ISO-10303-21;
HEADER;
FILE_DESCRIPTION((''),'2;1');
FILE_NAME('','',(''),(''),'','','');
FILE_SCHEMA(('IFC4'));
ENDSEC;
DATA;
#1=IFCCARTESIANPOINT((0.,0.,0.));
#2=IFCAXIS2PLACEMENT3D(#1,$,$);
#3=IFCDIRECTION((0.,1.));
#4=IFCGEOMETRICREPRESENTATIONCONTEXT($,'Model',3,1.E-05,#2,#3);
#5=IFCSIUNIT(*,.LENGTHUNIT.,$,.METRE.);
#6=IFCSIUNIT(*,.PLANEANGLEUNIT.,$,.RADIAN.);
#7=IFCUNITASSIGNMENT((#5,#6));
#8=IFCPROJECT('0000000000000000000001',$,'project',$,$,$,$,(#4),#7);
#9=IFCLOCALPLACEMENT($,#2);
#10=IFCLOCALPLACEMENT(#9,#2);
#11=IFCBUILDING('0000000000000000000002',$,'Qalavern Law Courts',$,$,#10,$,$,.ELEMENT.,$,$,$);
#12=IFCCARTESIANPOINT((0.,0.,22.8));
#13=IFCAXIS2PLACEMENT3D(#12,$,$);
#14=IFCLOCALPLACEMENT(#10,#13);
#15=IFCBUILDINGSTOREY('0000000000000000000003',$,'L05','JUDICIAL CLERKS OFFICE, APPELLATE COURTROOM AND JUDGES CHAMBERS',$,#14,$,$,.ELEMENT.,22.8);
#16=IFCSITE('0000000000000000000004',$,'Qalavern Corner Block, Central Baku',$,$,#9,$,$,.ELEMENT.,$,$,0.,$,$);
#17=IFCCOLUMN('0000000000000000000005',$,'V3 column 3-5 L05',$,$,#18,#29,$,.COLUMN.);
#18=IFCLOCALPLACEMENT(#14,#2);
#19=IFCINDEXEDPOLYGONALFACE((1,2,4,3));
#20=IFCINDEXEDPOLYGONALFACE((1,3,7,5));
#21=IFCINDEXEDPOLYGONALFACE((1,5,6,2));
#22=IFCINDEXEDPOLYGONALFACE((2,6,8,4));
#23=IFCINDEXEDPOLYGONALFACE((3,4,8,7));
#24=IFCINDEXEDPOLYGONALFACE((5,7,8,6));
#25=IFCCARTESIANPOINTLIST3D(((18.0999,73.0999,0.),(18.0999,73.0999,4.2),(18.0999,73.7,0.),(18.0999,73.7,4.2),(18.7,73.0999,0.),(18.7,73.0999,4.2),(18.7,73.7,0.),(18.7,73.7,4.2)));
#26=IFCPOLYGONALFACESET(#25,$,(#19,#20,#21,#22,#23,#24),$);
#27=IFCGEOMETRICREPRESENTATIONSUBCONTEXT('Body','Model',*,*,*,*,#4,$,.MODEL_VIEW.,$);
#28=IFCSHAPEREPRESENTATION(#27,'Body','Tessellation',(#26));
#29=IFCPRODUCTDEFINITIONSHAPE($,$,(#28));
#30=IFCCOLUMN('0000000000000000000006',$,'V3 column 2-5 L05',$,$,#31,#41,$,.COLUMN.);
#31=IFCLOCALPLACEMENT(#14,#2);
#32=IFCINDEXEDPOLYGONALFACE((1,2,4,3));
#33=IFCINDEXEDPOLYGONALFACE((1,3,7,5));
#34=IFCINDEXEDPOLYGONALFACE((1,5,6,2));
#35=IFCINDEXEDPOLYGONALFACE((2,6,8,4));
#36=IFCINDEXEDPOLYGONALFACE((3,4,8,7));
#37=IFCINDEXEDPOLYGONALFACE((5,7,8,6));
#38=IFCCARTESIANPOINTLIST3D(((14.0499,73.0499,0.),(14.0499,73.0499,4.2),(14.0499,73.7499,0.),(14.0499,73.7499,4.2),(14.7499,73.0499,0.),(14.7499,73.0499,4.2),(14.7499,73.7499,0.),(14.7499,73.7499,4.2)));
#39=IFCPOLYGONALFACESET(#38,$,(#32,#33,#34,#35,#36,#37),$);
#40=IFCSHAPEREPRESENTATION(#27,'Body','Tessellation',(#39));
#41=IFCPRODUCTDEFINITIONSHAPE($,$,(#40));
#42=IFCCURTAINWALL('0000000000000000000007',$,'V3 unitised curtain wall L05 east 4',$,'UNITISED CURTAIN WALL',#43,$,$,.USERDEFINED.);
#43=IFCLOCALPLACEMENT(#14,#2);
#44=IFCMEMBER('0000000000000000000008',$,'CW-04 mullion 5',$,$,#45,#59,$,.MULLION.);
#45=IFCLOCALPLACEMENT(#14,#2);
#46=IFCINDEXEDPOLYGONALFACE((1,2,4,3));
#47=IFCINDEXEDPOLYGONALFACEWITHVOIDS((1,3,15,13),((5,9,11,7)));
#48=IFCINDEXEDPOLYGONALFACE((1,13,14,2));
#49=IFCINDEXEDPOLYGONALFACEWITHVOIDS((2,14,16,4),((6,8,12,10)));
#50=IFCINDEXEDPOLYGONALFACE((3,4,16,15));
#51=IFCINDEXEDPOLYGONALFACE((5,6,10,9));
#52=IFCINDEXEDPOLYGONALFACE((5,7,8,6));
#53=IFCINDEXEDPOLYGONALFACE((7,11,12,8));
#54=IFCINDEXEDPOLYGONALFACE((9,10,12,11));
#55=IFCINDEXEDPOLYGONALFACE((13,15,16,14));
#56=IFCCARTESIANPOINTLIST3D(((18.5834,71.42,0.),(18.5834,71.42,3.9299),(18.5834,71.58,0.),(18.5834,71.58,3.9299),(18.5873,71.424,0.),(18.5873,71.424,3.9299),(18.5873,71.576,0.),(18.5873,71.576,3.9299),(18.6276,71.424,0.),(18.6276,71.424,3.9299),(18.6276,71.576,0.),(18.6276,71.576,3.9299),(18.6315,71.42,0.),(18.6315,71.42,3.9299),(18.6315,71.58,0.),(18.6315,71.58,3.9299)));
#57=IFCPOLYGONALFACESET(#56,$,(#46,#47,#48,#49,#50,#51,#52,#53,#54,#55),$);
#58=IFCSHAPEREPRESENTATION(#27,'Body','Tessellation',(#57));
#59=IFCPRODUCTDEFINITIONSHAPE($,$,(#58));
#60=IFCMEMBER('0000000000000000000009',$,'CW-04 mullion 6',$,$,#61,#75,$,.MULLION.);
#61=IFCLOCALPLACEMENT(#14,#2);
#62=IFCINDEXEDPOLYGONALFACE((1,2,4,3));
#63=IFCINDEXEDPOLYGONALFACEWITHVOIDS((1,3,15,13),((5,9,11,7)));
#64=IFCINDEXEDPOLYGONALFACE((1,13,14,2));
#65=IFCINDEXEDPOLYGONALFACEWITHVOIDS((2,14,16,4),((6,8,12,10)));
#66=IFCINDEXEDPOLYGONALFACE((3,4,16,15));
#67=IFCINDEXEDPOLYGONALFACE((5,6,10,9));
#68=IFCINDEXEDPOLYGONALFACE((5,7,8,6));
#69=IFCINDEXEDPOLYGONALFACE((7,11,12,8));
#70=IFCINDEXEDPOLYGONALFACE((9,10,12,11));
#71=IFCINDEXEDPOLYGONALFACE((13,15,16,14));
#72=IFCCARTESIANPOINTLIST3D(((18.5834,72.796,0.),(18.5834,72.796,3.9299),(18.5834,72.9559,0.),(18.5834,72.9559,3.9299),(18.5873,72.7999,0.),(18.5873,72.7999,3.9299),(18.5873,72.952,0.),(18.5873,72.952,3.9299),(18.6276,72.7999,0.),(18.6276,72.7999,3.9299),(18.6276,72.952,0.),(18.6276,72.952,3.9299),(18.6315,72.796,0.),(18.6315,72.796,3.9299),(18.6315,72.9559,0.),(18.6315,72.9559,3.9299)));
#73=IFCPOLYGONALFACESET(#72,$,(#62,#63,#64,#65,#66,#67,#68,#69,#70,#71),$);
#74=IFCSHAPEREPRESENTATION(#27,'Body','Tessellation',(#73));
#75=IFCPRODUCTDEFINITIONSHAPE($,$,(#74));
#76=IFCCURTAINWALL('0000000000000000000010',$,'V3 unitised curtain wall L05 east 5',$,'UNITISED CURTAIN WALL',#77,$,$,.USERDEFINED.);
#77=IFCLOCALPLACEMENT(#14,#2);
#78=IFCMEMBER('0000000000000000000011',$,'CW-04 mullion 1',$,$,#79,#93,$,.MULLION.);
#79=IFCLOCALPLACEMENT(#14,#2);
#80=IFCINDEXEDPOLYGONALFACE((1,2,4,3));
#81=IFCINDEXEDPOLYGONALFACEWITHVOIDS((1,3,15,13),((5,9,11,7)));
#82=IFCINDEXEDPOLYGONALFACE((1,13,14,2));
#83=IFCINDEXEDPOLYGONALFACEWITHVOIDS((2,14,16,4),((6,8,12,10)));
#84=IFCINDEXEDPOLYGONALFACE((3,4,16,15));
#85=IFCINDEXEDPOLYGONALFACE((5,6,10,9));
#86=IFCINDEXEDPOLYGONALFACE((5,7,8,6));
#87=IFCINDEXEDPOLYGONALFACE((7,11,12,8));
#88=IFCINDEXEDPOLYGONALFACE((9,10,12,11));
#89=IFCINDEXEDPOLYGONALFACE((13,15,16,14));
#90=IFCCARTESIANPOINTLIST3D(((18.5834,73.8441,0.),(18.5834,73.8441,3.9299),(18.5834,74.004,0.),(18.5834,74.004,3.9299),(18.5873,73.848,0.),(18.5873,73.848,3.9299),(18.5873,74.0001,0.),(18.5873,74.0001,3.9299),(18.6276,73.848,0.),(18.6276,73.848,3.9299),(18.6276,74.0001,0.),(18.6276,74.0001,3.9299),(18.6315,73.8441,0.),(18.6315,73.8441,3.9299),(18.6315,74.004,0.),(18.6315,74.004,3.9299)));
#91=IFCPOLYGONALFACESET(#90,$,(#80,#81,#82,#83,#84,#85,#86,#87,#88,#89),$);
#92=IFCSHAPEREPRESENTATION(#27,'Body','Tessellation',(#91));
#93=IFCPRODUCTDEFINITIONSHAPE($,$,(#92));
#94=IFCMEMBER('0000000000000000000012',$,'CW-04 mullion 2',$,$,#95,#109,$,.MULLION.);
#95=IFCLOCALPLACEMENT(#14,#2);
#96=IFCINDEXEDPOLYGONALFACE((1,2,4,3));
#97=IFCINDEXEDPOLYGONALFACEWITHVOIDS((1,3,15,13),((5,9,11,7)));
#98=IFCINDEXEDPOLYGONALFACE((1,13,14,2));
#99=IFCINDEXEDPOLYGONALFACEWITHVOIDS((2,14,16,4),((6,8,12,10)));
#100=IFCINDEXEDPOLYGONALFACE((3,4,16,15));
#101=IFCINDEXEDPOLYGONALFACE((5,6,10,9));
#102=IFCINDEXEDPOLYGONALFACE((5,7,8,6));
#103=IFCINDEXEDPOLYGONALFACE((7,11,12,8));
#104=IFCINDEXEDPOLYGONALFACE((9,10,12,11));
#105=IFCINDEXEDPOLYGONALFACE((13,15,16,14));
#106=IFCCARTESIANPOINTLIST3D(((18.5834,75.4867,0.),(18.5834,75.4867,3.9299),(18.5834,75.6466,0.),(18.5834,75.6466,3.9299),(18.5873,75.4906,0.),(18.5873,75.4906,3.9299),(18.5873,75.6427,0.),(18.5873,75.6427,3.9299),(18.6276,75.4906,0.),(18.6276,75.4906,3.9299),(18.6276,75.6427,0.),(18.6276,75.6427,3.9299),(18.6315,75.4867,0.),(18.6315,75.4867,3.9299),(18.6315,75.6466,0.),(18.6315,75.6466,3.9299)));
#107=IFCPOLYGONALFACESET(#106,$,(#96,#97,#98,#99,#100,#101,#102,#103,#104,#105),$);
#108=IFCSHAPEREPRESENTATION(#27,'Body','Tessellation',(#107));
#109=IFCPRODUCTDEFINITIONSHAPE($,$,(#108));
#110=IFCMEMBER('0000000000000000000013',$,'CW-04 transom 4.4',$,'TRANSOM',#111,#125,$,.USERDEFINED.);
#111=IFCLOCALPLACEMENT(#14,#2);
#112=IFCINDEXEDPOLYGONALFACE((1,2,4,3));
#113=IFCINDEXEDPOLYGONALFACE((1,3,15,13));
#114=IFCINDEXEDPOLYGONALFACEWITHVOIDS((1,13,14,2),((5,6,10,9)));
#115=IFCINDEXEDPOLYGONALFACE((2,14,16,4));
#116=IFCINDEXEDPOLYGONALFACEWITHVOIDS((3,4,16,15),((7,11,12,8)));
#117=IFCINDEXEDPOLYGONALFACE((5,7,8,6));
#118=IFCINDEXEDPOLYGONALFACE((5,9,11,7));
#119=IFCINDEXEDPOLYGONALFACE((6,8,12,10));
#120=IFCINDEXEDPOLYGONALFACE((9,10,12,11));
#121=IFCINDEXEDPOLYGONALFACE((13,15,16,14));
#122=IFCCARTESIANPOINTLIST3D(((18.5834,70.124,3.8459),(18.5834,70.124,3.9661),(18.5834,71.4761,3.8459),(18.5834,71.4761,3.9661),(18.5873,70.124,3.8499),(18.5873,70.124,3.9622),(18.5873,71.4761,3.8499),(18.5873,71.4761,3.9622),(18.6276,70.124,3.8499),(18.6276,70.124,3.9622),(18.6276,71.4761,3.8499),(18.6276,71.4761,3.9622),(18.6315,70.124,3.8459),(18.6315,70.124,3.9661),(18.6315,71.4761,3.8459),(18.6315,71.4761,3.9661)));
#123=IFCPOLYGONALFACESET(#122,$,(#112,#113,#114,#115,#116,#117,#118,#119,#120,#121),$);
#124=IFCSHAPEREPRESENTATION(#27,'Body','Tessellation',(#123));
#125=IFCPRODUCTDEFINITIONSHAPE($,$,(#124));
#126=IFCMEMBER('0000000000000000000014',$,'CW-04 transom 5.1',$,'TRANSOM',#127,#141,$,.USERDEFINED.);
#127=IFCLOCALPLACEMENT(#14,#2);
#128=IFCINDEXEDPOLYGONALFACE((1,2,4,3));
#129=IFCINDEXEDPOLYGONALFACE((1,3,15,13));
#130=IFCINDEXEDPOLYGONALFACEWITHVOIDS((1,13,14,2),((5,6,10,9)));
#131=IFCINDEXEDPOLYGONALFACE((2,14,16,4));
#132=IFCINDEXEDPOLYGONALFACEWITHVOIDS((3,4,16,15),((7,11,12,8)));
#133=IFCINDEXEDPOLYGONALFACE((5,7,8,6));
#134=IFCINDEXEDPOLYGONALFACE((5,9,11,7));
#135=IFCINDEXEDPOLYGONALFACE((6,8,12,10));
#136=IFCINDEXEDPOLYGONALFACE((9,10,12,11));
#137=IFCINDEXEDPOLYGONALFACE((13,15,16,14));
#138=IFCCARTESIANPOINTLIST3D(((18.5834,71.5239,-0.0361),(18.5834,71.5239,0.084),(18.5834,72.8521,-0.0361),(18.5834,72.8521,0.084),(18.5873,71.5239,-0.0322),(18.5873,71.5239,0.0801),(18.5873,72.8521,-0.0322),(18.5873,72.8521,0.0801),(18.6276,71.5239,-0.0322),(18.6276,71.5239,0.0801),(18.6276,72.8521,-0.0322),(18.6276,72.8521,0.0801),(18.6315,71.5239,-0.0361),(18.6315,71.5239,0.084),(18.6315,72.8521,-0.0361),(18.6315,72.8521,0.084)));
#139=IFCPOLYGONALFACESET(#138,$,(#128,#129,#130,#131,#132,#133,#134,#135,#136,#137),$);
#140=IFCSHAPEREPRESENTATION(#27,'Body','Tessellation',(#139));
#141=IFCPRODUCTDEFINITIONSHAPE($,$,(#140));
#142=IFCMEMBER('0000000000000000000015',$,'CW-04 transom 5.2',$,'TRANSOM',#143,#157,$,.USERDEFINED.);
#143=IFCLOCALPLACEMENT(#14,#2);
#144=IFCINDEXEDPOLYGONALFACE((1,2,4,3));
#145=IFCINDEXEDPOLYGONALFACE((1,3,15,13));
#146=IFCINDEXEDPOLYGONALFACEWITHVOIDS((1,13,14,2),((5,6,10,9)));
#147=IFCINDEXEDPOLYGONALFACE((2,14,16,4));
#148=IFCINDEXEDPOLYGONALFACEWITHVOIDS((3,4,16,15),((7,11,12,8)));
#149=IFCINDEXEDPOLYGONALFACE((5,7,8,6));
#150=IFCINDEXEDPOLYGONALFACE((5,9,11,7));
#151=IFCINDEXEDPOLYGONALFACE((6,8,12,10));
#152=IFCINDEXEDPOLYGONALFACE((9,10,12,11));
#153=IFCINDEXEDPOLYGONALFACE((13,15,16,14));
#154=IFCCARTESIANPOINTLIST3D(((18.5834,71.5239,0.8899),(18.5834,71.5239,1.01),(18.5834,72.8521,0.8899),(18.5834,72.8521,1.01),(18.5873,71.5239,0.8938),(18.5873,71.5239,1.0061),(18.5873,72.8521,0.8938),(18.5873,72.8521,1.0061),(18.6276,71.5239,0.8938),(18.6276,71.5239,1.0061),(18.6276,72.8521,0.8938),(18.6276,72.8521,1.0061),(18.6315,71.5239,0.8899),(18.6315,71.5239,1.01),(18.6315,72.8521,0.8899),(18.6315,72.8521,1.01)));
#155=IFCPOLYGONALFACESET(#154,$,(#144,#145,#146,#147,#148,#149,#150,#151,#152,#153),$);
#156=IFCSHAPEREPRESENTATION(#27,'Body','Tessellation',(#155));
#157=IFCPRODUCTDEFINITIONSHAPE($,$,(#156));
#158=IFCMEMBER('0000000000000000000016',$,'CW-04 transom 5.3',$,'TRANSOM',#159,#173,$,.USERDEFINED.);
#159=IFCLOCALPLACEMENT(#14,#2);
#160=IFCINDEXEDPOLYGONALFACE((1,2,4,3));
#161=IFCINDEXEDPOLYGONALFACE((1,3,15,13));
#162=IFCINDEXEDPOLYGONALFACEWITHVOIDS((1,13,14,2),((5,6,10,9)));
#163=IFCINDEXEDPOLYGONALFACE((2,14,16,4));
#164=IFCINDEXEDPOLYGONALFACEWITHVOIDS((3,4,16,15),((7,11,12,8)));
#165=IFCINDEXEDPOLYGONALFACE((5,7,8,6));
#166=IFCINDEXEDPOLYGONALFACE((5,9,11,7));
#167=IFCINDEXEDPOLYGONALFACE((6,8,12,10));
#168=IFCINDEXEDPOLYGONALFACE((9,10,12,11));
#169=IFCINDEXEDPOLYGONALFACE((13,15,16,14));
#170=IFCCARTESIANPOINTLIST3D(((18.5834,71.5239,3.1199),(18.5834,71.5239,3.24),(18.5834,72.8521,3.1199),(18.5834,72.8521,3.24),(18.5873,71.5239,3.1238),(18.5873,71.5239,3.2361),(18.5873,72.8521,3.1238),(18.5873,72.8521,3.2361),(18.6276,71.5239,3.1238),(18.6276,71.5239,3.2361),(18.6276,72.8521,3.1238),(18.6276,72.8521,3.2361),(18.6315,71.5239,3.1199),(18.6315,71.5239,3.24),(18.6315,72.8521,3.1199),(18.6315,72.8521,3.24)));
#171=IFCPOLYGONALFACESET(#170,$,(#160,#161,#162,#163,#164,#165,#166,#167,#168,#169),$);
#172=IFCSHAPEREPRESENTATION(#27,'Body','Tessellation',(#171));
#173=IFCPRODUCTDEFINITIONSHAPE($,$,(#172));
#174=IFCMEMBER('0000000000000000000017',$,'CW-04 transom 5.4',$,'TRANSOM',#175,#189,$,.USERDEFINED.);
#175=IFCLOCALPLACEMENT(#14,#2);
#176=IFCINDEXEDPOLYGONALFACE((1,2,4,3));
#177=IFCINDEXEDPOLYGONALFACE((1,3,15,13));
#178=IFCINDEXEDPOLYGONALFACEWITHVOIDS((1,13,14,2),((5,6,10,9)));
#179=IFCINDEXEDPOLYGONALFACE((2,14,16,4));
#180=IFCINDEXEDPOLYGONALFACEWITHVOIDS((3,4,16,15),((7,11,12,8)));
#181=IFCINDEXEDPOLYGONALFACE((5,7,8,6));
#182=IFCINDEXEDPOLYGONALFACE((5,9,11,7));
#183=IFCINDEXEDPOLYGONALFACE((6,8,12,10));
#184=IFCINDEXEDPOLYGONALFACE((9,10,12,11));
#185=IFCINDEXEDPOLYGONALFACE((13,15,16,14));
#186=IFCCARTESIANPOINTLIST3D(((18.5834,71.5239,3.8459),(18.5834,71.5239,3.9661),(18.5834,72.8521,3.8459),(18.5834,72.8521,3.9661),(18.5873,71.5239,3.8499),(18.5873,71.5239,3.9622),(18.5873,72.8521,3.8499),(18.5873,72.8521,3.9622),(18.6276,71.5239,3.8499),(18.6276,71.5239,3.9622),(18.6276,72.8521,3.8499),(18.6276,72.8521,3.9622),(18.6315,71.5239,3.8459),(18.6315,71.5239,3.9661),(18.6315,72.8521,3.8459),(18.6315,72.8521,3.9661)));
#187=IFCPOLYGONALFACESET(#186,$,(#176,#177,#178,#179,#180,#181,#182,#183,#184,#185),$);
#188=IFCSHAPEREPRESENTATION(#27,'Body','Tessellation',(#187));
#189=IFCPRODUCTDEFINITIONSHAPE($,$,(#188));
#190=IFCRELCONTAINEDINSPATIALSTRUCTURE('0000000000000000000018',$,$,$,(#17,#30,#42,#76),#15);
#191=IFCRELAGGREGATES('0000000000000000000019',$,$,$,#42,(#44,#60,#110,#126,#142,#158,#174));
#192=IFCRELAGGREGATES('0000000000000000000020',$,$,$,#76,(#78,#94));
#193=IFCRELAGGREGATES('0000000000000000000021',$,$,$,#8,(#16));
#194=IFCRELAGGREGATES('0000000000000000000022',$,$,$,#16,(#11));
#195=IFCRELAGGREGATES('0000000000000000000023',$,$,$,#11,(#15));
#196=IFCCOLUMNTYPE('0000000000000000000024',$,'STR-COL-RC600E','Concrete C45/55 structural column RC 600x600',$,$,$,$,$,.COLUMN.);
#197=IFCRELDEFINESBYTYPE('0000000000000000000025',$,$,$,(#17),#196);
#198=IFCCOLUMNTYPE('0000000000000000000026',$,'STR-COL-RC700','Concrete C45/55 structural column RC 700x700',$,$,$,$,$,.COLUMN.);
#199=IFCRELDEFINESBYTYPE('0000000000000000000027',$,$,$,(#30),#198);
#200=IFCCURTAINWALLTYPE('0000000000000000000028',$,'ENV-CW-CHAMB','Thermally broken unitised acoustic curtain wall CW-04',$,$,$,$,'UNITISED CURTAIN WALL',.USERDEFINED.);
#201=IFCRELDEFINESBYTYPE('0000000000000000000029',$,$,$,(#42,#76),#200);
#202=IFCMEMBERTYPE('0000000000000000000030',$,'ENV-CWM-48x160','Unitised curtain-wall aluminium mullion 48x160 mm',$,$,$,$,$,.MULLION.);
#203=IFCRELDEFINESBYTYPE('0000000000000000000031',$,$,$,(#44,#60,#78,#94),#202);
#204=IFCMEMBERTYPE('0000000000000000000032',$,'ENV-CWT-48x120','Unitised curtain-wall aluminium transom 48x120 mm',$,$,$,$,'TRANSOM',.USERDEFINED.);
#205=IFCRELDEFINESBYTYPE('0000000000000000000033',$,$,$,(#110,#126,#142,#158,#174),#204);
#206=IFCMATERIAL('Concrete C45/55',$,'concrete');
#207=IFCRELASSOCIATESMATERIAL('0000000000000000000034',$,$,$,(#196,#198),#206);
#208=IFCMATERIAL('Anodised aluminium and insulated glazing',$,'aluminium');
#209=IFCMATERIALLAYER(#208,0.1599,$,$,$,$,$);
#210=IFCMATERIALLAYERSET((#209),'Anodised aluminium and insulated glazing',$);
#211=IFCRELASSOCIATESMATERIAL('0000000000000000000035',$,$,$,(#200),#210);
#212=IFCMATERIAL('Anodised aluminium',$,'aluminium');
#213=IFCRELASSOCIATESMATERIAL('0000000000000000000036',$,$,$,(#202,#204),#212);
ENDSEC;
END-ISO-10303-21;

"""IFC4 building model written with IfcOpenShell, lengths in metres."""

from ifc_helpers import new_model, si_unit, direction, frame, origin, origin_2d, place, context, subcontext, project, spatial, rectangle, hollow_rectangle, extrude, material, layer, layer_set, material_profile, profile_set, type_object, element, aggregate, save


model = new_model("IFC4")

# Units and contexts
model_context = context("Model", 3, precision=1e-05, world=origin(), true_north=direction((0.0, 1.0)))
body_context = subcontext(model_context, "Body", "Model", "MODEL_VIEW")
ifc_project = project(units=[si_unit("LENGTHUNIT", "METRE"), si_unit("PLANEANGLEUNIT", "RADIAN")], contexts=[model_context])

# Site, building, storey
site_placement = place(None, origin())
site = spatial("IfcSite", under=ifc_project, at=site_placement, Name="Qalavern Corner Block, Central Baku", CompositionType="ELEMENT", RefElevation=0.0)
building_placement = place(site_placement, origin())
building = spatial("IfcBuilding", under=site, at=building_placement, Name="Qalavern Law Courts", CompositionType="ELEMENT")
storey_placement = place(building_placement, frame((0.0, 0.0, 22.8)))
storey = spatial("IfcBuildingStorey", under=building, at=storey_placement, Name="L05", Description="JUDICIAL CLERKS OFFICE, APPELLATE COURTROOM AND JUDGES CHAMBERS", CompositionType="ELEMENT", Elevation=22.8)

# Columns
ifc_material_1 = material(Name="Concrete C45/55", Category="concrete")
ifc_material_profile_1 = material_profile(ifc_material_1, rectangle(XDim=0.6001, YDim=0.6001, at=origin_2d()), Name="RC 600x600")
ifc_profile_set_1 = profile_set([ifc_material_profile_1], Name="Concrete C45/55")
column_type_1 = type_object("IfcColumnType", Name="STR-COL-RC600E", Description="Concrete C45/55 structural column RC 600x600", PredefinedType="COLUMN", material=ifc_profile_set_1)
column_1_placement = place(storey_placement, frame((18.3999, 73.3999, 0.0), z_axis=(0.0, 0.0, 1.0), x_axis=(1.0, 0.0, 0.0)))
element("IfcColumn", 1, at=column_1_placement, inside=storey, type_object=column_type_1, Name="V3 column 3-5 L05", PredefinedType="COLUMN", context=body_context, shape_type="SweptSolid", body=[
    extrude(rectangle(XDim=0.6001, YDim=0.6001, at=origin_2d()), origin(), (0.0, 0.0, 1.0), 4.2),
])
ifc_material_profile_2 = material_profile(ifc_material_1, rectangle(XDim=0.7, YDim=0.7, at=origin_2d()), Name="RC 700x700")
ifc_profile_set_2 = profile_set([ifc_material_profile_2], Name="Concrete C45/55")
column_type_2 = type_object("IfcColumnType", Name="STR-COL-RC700", Description="Concrete C45/55 structural column RC 700x700", PredefinedType="COLUMN", material=ifc_profile_set_2)
column_2_placement = place(storey_placement, frame((14.3999, 73.3999, 0.0), z_axis=(0.0, 0.0, 1.0), x_axis=(1.0, 0.0, 0.0)))
element("IfcColumn", 2, at=column_2_placement, inside=storey, type_object=column_type_2, Name="V3 column 2-5 L05", PredefinedType="COLUMN", context=body_context, shape_type="SweptSolid", body=[
    extrude(rectangle(XDim=0.7, YDim=0.7, at=origin_2d()), origin(), (0.0, 0.0, 1.0), 4.2),
])

# Curtain walls, members
ifc_material_2 = material(Name="Anodised aluminium and insulated glazing", Category="aluminium")
ifc_layer_1 = layer(ifc_material_2, 0.1599)
ifc_layer_set_1 = layer_set([ifc_layer_1], Name="Anodised aluminium and insulated glazing")
curtain_wall_type = type_object("IfcCurtainWallType", Name="ENV-CW-CHAMB", Description="Thermally broken unitised acoustic curtain wall CW-04", ElementType="UNITISED CURTAIN WALL", PredefinedType="USERDEFINED", material=ifc_layer_set_1)
curtain_wall_1_placement = place(storey_placement, origin())
curtain_wall_1 = element("IfcCurtainWall", 3, at=curtain_wall_1_placement, inside=storey, type_object=curtain_wall_type, Name="V3 unitised curtain wall L05 east 4", ObjectType="UNITISED CURTAIN WALL", PredefinedType="USERDEFINED")
ifc_material_3 = material(Name="Anodised aluminium", Category="aluminium")
ifc_material_profile_3 = material_profile(ifc_material_3, hollow_rectangle(XDim=0.0481, YDim=0.1599, WallThickness=0.0039, at=origin_2d()), Name="ALU MULLION 48x160")
ifc_profile_set_3 = profile_set([ifc_material_profile_3], Name="Anodised aluminium")
member_type_1 = type_object("IfcMemberType", Name="ENV-CWM-48x160", Description="Unitised curtain-wall aluminium mullion 48x160 mm", PredefinedType="MULLION", material=ifc_profile_set_3)
member_1_placement = place(storey_placement, frame((18.6074, 71.5, 0.0), z_axis=(0.0, 0.0, 1.0), x_axis=(-1.0, 0.0, 0.0)))
member_1 = element("IfcMember", 4, at=member_1_placement, type_object=member_type_1, Name="CW-04 mullion 5", PredefinedType="MULLION", context=body_context, shape_type="SweptSolid", body=[
    extrude(hollow_rectangle(XDim=0.0481, YDim=0.1599, WallThickness=0.0039, at=origin_2d()), origin(), (0.0, 0.0, 1.0), 3.9299),
])
member_2_placement = place(storey_placement, frame((18.6074, 72.876, 0.0), z_axis=(0.0, 0.0, 1.0), x_axis=(-1.0, 0.0, 0.0)))
member_2 = element("IfcMember", 5, at=member_2_placement, type_object=member_type_1, Name="CW-04 mullion 6", PredefinedType="MULLION", context=body_context, shape_type="SweptSolid", body=[
    extrude(hollow_rectangle(XDim=0.0481, YDim=0.1599, WallThickness=0.0039, at=origin_2d()), origin(), (0.0, 0.0, 1.0), 3.9299),
])
curtain_wall_2_placement = place(storey_placement, origin())
curtain_wall_2 = element("IfcCurtainWall", 6, at=curtain_wall_2_placement, inside=storey, type_object=curtain_wall_type, Name="V3 unitised curtain wall L05 east 5", ObjectType="UNITISED CURTAIN WALL", PredefinedType="USERDEFINED")
member_3_placement = place(storey_placement, frame((18.6074, 73.9241, 0.0), z_axis=(0.0, 0.0, 1.0), x_axis=(-1.0, 0.0, 0.0)))
member_3 = element("IfcMember", 7, at=member_3_placement, type_object=member_type_1, Name="CW-04 mullion 1", PredefinedType="MULLION", context=body_context, shape_type="SweptSolid", body=[
    extrude(hollow_rectangle(XDim=0.0481, YDim=0.1599, WallThickness=0.0039, at=origin_2d()), origin(), (0.0, 0.0, 1.0), 3.9299),
])
member_4_placement = place(storey_placement, frame((18.6074, 75.5667, 0.0), z_axis=(0.0, 0.0, 1.0), x_axis=(-1.0, 0.0, 0.0)))
member_4 = element("IfcMember", 8, at=member_4_placement, type_object=member_type_1, Name="CW-04 mullion 2", PredefinedType="MULLION", context=body_context, shape_type="SweptSolid", body=[
    extrude(hollow_rectangle(XDim=0.0481, YDim=0.1599, WallThickness=0.0039, at=origin_2d()), origin(), (0.0, 0.0, 1.0), 3.9299),
])

# Members
ifc_material_profile_4 = material_profile(ifc_material_3, hollow_rectangle(XDim=0.0481, YDim=0.1201, WallThickness=0.0039, at=origin_2d()), Name="ALU TRANSOM 48x120")
ifc_profile_set_4 = profile_set([ifc_material_profile_4], Name="Anodised aluminium")
member_type_2 = type_object("IfcMemberType", Name="ENV-CWT-48x120", Description="Unitised curtain-wall aluminium transom 48x120 mm", ElementType="TRANSOM", PredefinedType="USERDEFINED", material=ifc_profile_set_4)
member_5_placement = place(storey_placement, frame((18.6074, 70.124, 3.906), z_axis=(0.0, 1.0, 0.0), x_axis=(-1.0, 0.0, 0.0)))
member_5 = element("IfcMember", 9, at=member_5_placement, type_object=member_type_2, Name="CW-04 transom 4.4", ObjectType="TRANSOM", PredefinedType="USERDEFINED", context=body_context, shape_type="SweptSolid", body=[
    extrude(hollow_rectangle(XDim=0.0481, YDim=0.1201, WallThickness=0.0039, at=origin_2d()), origin(), (0.0, 0.0, 1.0), 1.3521),
])
member_6_placement = place(storey_placement, frame((18.6074, 71.5239, 0.0239), z_axis=(0.0, 1.0, 0.0), x_axis=(-1.0, 0.0, 0.0)))
member_6 = element("IfcMember", 10, at=member_6_placement, type_object=member_type_2, Name="CW-04 transom 5.1", ObjectType="TRANSOM", PredefinedType="USERDEFINED", context=body_context, shape_type="SweptSolid", body=[
    extrude(hollow_rectangle(XDim=0.0481, YDim=0.1201, WallThickness=0.0039, at=origin_2d()), origin(), (0.0, 0.0, 1.0), 1.3281),
])
member_7_placement = place(storey_placement, frame((18.6074, 71.5239, 0.95), z_axis=(0.0, 1.0, 0.0), x_axis=(-1.0, 0.0, 0.0)))
member_7 = element("IfcMember", 11, at=member_7_placement, type_object=member_type_2, Name="CW-04 transom 5.2", ObjectType="TRANSOM", PredefinedType="USERDEFINED", context=body_context, shape_type="SweptSolid", body=[
    extrude(hollow_rectangle(XDim=0.0481, YDim=0.1201, WallThickness=0.0039, at=origin_2d()), origin(), (0.0, 0.0, 1.0), 1.3281),
])
member_8_placement = place(storey_placement, frame((18.6074, 71.5239, 3.1799), z_axis=(0.0, 1.0, 0.0), x_axis=(-1.0, 0.0, 0.0)))
member_8 = element("IfcMember", 12, at=member_8_placement, type_object=member_type_2, Name="CW-04 transom 5.3", ObjectType="TRANSOM", PredefinedType="USERDEFINED", context=body_context, shape_type="SweptSolid", body=[
    extrude(hollow_rectangle(XDim=0.0481, YDim=0.1201, WallThickness=0.0039, at=origin_2d()), origin(), (0.0, 0.0, 1.0), 1.3281),
])
member_9_placement = place(storey_placement, frame((18.6074, 71.5239, 3.906), z_axis=(0.0, 1.0, 0.0), x_axis=(-1.0, 0.0, 0.0)))
member_9 = element("IfcMember", 13, at=member_9_placement, type_object=member_type_2, Name="CW-04 transom 5.4", ObjectType="TRANSOM", PredefinedType="USERDEFINED", context=body_context, shape_type="SweptSolid", body=[
    extrude(hollow_rectangle(XDim=0.0481, YDim=0.1201, WallThickness=0.0039, at=origin_2d()), origin(), (0.0, 0.0, 1.0), 1.3281),
])

aggregate(curtain_wall_1, [member_1, member_2, member_5, member_6, member_7, member_8, member_9])
aggregate(curtain_wall_2, [member_3, member_4])

save(model, "model.ifc")
